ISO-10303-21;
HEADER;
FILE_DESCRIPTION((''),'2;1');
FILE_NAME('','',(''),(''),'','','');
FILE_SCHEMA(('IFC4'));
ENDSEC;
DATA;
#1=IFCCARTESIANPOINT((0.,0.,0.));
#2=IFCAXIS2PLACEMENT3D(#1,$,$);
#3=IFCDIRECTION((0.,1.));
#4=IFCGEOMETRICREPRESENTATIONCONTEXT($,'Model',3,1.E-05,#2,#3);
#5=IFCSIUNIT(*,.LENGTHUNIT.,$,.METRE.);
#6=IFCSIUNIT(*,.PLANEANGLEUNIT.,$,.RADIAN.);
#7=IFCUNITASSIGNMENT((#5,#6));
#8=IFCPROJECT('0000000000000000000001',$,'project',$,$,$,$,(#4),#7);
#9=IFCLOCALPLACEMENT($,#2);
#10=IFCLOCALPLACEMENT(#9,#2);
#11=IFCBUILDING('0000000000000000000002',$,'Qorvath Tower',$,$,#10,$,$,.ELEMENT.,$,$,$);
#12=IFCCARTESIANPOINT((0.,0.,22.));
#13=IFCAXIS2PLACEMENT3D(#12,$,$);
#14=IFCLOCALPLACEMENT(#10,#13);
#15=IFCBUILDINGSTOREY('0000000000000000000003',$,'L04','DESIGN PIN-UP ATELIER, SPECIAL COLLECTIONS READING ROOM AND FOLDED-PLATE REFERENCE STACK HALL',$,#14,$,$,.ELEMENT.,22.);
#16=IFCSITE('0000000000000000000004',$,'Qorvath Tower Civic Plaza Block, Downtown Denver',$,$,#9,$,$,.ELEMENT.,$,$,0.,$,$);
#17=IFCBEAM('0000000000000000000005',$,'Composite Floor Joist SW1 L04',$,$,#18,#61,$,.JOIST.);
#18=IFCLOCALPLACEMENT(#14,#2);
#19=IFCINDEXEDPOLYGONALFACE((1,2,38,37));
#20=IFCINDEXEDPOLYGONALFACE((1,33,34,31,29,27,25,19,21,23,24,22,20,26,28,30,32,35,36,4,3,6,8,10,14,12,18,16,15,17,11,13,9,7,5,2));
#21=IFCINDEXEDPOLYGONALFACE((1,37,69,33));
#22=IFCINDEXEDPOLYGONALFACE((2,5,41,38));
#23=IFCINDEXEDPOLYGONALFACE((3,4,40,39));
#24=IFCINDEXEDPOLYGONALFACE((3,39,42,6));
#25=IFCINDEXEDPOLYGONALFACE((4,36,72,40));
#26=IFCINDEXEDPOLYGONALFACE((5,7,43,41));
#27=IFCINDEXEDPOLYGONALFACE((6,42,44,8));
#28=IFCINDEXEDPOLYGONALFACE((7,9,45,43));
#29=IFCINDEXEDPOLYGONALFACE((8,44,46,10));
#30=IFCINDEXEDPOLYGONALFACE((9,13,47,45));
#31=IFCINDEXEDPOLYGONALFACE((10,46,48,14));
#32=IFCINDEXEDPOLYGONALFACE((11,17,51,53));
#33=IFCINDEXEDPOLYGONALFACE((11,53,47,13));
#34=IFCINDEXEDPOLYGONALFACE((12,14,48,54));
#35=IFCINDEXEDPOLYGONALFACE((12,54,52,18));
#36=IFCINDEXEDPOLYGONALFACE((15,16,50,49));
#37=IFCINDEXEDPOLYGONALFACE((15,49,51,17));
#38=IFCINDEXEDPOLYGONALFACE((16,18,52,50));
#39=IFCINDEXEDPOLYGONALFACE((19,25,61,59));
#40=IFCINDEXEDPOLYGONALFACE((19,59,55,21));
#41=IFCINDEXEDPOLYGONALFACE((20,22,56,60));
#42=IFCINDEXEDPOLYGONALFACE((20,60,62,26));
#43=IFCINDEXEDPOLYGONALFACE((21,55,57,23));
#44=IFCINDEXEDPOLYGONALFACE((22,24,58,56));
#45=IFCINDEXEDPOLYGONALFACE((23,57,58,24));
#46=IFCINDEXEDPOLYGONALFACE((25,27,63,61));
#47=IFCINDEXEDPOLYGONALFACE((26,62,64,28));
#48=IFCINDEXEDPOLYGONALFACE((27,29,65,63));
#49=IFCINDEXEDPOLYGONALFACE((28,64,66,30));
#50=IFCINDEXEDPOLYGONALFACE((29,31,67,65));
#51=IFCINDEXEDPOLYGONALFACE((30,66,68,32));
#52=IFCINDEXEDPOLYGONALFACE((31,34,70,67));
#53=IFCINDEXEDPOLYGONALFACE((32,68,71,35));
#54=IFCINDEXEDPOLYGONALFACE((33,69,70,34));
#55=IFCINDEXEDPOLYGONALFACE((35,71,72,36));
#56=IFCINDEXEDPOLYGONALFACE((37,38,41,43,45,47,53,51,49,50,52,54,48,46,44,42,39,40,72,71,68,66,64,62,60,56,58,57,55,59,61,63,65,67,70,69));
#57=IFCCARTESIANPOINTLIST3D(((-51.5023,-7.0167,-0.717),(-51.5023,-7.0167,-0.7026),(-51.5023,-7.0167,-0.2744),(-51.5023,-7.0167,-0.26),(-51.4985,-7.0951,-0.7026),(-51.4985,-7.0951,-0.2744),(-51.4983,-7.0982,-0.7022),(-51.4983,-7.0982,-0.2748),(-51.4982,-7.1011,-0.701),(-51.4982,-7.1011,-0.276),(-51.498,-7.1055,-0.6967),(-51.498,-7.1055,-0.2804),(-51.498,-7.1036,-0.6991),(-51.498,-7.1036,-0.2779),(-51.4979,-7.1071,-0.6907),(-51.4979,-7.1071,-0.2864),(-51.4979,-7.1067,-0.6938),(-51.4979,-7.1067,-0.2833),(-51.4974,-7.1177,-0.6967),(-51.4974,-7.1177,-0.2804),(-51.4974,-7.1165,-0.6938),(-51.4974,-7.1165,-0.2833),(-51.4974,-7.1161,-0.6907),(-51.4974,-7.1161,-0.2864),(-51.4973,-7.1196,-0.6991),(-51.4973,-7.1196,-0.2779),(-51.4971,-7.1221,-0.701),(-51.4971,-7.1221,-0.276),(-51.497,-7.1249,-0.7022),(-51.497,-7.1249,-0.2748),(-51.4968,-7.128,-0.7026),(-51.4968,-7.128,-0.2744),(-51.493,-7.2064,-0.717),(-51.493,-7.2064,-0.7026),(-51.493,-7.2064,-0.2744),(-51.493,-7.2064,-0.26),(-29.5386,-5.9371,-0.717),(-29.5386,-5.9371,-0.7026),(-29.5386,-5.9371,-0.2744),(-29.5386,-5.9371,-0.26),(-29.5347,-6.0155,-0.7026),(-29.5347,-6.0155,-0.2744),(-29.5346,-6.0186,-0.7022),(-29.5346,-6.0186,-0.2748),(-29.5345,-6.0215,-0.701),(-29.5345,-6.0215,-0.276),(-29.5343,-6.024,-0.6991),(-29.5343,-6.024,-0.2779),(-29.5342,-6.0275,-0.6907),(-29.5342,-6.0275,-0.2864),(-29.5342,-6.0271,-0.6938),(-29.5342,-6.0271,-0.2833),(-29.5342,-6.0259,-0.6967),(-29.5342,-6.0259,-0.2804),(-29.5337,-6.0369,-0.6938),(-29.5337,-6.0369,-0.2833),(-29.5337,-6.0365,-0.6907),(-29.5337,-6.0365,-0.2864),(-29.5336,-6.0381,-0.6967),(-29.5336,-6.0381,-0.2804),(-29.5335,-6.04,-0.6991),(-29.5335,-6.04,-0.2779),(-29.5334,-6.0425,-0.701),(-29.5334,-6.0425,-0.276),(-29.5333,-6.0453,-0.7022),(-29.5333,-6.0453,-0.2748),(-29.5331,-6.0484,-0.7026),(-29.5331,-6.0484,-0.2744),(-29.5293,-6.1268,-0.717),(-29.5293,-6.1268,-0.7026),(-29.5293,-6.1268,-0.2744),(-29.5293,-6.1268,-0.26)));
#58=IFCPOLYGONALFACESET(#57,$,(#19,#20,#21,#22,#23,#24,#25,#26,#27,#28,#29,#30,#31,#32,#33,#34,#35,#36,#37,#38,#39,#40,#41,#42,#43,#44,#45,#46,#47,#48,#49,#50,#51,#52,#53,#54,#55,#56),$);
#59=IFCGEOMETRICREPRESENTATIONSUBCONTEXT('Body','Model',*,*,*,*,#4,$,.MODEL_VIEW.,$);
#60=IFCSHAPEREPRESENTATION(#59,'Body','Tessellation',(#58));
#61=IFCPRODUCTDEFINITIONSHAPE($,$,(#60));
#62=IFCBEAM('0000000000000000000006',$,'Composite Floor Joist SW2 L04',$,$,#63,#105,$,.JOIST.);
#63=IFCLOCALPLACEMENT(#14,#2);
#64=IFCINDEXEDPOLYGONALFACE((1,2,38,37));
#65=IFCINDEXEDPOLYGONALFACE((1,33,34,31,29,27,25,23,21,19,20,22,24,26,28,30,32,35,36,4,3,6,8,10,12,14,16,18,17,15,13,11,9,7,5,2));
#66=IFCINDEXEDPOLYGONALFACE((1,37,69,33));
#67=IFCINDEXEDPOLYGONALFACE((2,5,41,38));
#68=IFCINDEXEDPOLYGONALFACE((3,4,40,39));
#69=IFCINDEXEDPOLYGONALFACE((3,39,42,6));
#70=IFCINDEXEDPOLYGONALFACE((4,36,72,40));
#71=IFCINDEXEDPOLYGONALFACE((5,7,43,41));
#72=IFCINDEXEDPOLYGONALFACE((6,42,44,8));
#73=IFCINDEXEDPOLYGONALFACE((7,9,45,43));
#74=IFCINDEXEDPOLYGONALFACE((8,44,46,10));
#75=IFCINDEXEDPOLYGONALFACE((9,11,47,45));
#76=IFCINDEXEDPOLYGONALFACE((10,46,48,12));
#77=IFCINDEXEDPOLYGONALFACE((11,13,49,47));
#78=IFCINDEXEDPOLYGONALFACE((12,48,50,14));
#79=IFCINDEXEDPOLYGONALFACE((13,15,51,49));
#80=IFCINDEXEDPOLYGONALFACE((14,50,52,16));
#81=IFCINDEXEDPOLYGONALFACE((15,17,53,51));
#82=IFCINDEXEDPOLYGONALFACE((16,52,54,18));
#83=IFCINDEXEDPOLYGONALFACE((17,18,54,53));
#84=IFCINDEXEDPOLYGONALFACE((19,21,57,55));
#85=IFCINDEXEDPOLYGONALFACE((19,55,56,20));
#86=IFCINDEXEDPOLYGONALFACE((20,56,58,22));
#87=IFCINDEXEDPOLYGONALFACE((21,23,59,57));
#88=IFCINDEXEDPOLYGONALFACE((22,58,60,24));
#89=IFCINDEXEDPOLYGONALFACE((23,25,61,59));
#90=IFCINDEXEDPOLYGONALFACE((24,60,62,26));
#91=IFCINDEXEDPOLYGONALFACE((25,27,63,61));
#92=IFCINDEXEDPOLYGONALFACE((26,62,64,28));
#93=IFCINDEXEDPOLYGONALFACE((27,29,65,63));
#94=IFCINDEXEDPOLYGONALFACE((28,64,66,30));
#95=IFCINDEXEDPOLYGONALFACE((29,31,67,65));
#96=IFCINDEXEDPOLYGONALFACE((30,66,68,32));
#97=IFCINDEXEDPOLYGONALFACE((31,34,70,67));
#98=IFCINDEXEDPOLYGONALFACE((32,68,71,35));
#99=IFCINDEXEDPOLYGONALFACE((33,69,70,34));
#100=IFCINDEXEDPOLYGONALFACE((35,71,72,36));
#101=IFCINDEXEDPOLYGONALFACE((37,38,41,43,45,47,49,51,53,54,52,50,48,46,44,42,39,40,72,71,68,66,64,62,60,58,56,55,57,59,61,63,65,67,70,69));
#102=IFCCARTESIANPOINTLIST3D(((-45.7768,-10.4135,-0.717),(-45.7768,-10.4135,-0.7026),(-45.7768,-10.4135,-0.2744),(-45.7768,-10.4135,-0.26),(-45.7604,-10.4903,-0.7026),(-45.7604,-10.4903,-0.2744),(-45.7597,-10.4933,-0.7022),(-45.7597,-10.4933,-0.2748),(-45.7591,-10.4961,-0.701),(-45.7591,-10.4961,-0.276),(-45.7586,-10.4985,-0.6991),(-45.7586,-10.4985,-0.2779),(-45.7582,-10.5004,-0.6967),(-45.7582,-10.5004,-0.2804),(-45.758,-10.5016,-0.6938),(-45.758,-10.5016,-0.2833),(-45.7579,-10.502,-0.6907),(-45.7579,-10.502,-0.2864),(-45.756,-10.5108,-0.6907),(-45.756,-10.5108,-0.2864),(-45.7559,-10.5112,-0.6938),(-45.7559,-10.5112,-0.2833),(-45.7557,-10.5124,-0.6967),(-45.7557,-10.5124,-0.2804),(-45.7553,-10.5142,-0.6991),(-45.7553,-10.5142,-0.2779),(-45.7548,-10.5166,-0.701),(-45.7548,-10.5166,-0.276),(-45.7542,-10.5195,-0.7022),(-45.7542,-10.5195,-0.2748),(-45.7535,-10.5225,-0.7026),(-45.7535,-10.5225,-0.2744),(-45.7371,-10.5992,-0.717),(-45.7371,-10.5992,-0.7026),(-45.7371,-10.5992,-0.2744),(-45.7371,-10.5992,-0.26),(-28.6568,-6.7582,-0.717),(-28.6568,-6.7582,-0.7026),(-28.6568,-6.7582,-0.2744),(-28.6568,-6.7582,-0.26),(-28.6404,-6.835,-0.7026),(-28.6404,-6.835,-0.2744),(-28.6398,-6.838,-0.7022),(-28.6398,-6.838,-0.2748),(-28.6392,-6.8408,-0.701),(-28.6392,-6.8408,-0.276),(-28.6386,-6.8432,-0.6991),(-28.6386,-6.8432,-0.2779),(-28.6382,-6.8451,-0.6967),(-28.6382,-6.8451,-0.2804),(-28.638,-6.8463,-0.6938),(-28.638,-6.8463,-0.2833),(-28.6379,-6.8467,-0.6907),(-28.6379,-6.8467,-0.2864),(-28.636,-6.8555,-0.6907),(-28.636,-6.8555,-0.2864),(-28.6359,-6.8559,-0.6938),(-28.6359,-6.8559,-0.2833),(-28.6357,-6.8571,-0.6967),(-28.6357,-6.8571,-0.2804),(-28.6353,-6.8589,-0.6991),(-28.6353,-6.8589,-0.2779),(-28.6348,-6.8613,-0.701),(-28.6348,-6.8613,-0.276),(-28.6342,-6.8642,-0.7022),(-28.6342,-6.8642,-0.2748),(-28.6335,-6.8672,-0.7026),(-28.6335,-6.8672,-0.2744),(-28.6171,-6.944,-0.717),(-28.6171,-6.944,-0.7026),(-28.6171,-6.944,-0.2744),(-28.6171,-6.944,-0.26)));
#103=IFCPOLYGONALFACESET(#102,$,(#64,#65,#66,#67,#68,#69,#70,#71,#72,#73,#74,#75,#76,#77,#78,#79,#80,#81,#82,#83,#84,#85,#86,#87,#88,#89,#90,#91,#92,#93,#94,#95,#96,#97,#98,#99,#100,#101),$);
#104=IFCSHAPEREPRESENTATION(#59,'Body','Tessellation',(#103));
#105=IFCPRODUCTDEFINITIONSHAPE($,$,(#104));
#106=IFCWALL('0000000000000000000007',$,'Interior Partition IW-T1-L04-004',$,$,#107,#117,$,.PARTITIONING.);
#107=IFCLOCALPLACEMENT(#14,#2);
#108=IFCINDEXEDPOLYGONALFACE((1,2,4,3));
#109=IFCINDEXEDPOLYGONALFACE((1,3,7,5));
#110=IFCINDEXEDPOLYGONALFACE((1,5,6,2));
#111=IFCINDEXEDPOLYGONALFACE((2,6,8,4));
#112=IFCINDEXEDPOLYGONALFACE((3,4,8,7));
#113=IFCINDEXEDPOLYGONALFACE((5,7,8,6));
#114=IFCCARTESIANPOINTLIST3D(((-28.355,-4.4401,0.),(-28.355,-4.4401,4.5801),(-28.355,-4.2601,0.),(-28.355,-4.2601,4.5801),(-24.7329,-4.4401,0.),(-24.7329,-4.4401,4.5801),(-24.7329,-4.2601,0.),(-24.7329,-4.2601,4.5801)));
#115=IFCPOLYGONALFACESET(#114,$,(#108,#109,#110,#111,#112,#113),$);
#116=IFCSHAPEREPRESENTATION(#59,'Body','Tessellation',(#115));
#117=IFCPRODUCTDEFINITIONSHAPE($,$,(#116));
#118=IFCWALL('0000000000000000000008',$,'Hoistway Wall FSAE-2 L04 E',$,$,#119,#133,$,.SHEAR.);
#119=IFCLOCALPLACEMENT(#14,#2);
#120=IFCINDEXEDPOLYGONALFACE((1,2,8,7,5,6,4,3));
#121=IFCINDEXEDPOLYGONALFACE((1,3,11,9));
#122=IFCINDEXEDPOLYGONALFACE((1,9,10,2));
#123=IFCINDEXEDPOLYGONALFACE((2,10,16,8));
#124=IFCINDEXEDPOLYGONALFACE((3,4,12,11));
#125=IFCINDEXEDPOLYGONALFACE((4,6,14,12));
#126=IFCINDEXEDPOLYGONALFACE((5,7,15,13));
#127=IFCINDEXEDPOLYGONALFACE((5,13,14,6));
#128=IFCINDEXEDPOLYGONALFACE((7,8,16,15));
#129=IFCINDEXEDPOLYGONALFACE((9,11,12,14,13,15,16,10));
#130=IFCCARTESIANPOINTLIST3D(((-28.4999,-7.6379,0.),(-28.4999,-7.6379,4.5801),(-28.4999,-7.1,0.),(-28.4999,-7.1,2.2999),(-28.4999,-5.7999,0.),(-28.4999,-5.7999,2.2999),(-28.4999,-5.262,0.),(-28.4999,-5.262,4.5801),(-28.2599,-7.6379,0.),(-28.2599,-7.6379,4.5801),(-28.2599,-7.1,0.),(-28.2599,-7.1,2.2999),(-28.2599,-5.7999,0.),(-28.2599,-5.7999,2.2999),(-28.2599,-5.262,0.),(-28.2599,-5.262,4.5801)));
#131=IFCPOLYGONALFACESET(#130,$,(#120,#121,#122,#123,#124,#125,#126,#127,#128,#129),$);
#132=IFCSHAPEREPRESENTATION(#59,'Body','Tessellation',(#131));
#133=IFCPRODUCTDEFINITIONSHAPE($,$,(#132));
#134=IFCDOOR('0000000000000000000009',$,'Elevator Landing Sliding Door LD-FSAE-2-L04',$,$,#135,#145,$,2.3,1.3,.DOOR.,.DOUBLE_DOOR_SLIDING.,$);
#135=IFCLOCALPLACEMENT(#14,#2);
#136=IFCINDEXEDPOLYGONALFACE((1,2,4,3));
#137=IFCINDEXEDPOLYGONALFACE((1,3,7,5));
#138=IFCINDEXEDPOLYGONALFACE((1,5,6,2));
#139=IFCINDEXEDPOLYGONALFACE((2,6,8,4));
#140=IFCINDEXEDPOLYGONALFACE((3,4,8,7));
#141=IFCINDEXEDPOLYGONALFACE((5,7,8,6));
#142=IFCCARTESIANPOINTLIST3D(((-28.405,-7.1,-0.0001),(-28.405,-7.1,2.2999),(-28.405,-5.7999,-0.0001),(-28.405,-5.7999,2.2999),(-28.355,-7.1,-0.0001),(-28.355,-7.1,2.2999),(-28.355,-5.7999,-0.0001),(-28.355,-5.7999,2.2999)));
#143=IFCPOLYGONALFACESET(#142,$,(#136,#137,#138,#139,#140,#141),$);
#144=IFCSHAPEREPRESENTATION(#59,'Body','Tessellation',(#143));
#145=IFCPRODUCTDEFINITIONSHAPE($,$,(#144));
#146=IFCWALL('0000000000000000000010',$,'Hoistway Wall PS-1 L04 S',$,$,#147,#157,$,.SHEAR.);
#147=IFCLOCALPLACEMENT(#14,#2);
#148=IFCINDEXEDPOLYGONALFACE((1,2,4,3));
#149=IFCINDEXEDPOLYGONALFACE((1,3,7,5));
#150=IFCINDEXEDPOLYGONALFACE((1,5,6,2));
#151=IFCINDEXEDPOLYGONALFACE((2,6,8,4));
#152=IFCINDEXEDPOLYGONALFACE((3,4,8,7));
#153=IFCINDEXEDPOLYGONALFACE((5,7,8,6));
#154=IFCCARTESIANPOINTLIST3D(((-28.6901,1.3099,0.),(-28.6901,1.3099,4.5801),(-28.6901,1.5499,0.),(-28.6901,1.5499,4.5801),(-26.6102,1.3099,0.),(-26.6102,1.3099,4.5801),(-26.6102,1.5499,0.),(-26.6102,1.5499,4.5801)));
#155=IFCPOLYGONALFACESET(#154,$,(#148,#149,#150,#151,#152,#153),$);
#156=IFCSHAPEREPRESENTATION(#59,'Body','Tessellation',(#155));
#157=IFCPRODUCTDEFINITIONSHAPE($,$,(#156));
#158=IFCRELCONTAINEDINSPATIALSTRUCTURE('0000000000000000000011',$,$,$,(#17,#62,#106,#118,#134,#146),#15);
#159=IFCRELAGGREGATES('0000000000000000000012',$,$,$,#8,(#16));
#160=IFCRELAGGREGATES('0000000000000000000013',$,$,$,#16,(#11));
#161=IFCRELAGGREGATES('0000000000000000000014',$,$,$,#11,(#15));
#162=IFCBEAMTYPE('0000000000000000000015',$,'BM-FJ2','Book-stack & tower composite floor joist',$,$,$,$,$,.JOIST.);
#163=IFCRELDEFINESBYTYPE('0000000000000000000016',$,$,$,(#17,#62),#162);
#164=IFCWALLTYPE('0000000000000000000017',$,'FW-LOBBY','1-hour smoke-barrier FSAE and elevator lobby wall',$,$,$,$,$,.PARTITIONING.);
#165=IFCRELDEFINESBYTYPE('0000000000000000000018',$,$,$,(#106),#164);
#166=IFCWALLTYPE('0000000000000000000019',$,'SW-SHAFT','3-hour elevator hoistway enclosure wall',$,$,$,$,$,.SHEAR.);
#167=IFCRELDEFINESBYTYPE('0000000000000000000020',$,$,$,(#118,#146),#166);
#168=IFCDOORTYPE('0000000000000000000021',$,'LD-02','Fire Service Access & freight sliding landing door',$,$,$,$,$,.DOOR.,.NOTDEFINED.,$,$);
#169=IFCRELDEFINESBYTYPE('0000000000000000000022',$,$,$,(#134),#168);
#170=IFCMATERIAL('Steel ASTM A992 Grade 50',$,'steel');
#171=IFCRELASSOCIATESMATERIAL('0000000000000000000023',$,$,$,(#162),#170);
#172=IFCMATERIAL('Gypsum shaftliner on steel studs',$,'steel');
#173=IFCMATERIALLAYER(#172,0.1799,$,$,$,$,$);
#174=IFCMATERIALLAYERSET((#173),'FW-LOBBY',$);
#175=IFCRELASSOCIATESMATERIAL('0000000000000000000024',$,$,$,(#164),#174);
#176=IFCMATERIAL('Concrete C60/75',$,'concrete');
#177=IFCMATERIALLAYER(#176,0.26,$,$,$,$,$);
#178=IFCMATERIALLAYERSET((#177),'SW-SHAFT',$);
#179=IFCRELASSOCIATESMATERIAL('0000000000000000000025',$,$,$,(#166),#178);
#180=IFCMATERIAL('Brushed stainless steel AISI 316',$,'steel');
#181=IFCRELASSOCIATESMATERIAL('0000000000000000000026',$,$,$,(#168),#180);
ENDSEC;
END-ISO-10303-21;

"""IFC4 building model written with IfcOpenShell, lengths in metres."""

from ifc_helpers import new_model, si_unit, direction, frame, frame_2d, origin, origin_2d, place, context, subcontext, project, spatial, rectangle, i_section, extrude, material, layer, layer_set, material_profile, profile_set, type_object, element, fill, save


model = new_model("IFC4")

# Units and contexts
model_context = context("Model", 3, precision=1e-05, world=origin(), true_north=direction((0.0, 1.0)))
body_context = subcontext(model_context, "Body", "Model", "MODEL_VIEW")
ifc_project = project(units=[si_unit("LENGTHUNIT", "METRE"), si_unit("PLANEANGLEUNIT", "RADIAN")], contexts=[model_context])

# Site, building, storey
site_placement = place(None, origin())
site = spatial("IfcSite", under=ifc_project, at=site_placement, Name="Qorvath Tower Civic Plaza Block, Downtown Denver", CompositionType="ELEMENT", RefElevation=0.0)
building_placement = place(site_placement, origin())
building = spatial("IfcBuilding", under=site, at=building_placement, Name="Qorvath Tower", CompositionType="ELEMENT")
storey_placement = place(building_placement, frame((0.0, 0.0, 22.0)))
storey = spatial("IfcBuildingStorey", under=building, at=storey_placement, Name="L04", Description="DESIGN PIN-UP ATELIER, SPECIAL COLLECTIONS READING ROOM AND FOLDED-PLATE REFERENCE STACK HALL", CompositionType="ELEMENT", Elevation=22.0)

# Beams
ifc_material_1 = material(Name="Steel ASTM A992 Grade 50", Category="steel")
ifc_material_profile = material_profile(ifc_material_1, i_section(OverallWidth=0.1899, OverallDepth=0.457, WebThickness=0.009, FlangeThickness=0.0144, FilletRadius=0.012, at=origin_2d()), Name="W18x50")
ifc_profile_set = profile_set([ifc_material_profile], Name="Steel ASTM A992 Grade 50")
beam_type = type_object("IfcBeamType", Name="BM-FJ2", Description="Book-stack & tower composite floor joist", PredefinedType="JOIST", material=ifc_profile_set)
beam_1_placement = place(storey_placement, frame((-29.5339, -6.032, -0.4885), z_axis=(-0.998794, -0.049094, 0.0), x_axis=(0.049094, -0.998794, 0.0)))
element("IfcBeam", 1, at=beam_1_placement, inside=storey, type_object=beam_type, Name="Composite Floor Joist SW1 L04", PredefinedType="JOIST", context=body_context, shape_type="SweptSolid", body=[
    extrude(i_section(OverallWidth=0.1899, OverallDepth=0.457, WebThickness=0.009, FlangeThickness=0.0144, FilletRadius=0.012, at=origin_2d()), origin(), (0.0, 0.0, 1.0), 21.9902),
])
beam_2_placement = place(storey_placement, frame((-28.637, -6.8511, -0.4885), z_axis=(-0.977957, -0.208804, 0.0), x_axis=(0.208804, -0.977957, 0.0)))
element("IfcBeam", 2, at=beam_2_placement, inside=storey, type_object=beam_type, Name="Composite Floor Joist SW2 L04", PredefinedType="JOIST", context=body_context, shape_type="SweptSolid", body=[
    extrude(i_section(OverallWidth=0.1899, OverallDepth=0.457, WebThickness=0.009, FlangeThickness=0.0144, FilletRadius=0.012, at=origin_2d()), origin(), (0.0, 0.0, 1.0), 17.5059),
])

# Wall
ifc_material_2 = material(Name="Gypsum shaftliner on steel studs", Category="steel")
ifc_layer_1 = layer(ifc_material_2, 0.1799)
ifc_layer_set_1 = layer_set([ifc_layer_1], Name="FW-LOBBY")
wall_type_1 = type_object("IfcWallType", Name="FW-LOBBY", Description="1-hour smoke-barrier FSAE and elevator lobby wall", PredefinedType="PARTITIONING", material=ifc_layer_set_1)
wall_1_placement = place(storey_placement, frame((-24.7329, -4.3501, 0.0), z_axis=(0.0, 0.0, 1.0), x_axis=(-1.0, 0.0, 0.0)))
element("IfcWall", 3, at=wall_1_placement, inside=storey, type_object=wall_type_1, Name="Interior Partition IW-T1-L04-004", PredefinedType="PARTITIONING", context=body_context, shape_type="SweptSolid", body=[
    extrude(rectangle(XDim=3.6221, YDim=0.1799, at=frame_2d((1.811, 0.0))), origin(), (0.0, 0.0, 1.0), 4.5801),
])

# Wall, opening, door
ifc_material_3 = material(Name="Concrete C60/75", Category="concrete")
ifc_layer_2 = layer(ifc_material_3, 0.26)
ifc_layer_set_2 = layer_set([ifc_layer_2], Name="SW-SHAFT")
wall_type_2 = type_object("IfcWallType", Name="SW-SHAFT", Description="3-hour elevator hoistway enclosure wall", PredefinedType="SHEAR", material=ifc_layer_set_2)
wall_2_placement = place(storey_placement, frame((-28.3799, -5.262, 0.0), z_axis=(0.0, 0.0, 1.0), x_axis=(0.0, -1.0, 0.0)))
wall_2 = element("IfcWall", 4, at=wall_2_placement, inside=storey, type_object=wall_type_2, Name="Hoistway Wall FSAE-2 L04 E", PredefinedType="SHEAR", context=body_context, shape_type="SweptSolid", body=[
    extrude(rectangle(XDim=2.376, YDim=0.24, at=frame_2d((1.188, 0.0))), origin(), (0.0, 0.0, 1.0), 4.5801),
])
opening_1_placement = place(wall_2_placement, frame((0.5381, 0.0, 0.0)))
opening_1 = element("IfcOpeningElement", 5, at=opening_1_placement, cuts=wall_2, PredefinedType="OPENING", context=body_context, shape_type="SweptSolid", body=[
    extrude(rectangle(XDim=1.3, YDim=2.3, at=frame_2d((0.6499, 1.1499))), frame((0.0, 0.1299, 0.0), z_axis=(0.0, -1.0, 0.0), x_axis=(1.0, 0.0, 0.0)), (0.0, 0.0, 1.0), 0.26),
])
ifc_material_4 = material(Name="Brushed stainless steel AISI 316", Category="steel")
door_type_1 = type_object("IfcDoorType", Name="LD-02", Description="Fire Service Access & freight sliding landing door", OperationType="NOTDEFINED", PredefinedType="DOOR", material=ifc_material_4)
door_1_placement = place(opening_1_placement, origin())
door_1 = element("IfcDoor", 6, at=door_1_placement, inside=storey, type_object=door_type_1, Name="Elevator Landing Sliding Door LD-FSAE-2-L04", OperationType="DOUBLE_DOOR_SLIDING", OverallHeight=2.3, OverallWidth=1.3, PredefinedType="DOOR", context=body_context, shape_type="SweptSolid", body=[
    extrude(rectangle(XDim=1.3, YDim=2.3, at=frame_2d((0.6499, 1.1499))), frame((0.0, 0.0249, 0.0), z_axis=(0.0, -1.0, 0.0), x_axis=(1.0, 0.0, 0.0)), (0.0, 0.0, 1.0), 0.05),
])
fill(opening_1, door_1)

# Wall
wall_3_placement = place(storey_placement, frame((-26.6101, 1.4299, 0.0), z_axis=(0.0, 0.0, 1.0), x_axis=(-1.0, 0.0, 0.0)))
element("IfcWall", 7, at=wall_3_placement, inside=storey, type_object=wall_type_2, Name="Hoistway Wall PS-1 L04 S", PredefinedType="SHEAR", context=body_context, shape_type="SweptSolid", body=[
    extrude(rectangle(XDim=2.0798, YDim=0.24, at=frame_2d((1.04, 0.0))), origin(), (0.0, 0.0, 1.0), 4.5801),
])

save(model, "model.ifc")
